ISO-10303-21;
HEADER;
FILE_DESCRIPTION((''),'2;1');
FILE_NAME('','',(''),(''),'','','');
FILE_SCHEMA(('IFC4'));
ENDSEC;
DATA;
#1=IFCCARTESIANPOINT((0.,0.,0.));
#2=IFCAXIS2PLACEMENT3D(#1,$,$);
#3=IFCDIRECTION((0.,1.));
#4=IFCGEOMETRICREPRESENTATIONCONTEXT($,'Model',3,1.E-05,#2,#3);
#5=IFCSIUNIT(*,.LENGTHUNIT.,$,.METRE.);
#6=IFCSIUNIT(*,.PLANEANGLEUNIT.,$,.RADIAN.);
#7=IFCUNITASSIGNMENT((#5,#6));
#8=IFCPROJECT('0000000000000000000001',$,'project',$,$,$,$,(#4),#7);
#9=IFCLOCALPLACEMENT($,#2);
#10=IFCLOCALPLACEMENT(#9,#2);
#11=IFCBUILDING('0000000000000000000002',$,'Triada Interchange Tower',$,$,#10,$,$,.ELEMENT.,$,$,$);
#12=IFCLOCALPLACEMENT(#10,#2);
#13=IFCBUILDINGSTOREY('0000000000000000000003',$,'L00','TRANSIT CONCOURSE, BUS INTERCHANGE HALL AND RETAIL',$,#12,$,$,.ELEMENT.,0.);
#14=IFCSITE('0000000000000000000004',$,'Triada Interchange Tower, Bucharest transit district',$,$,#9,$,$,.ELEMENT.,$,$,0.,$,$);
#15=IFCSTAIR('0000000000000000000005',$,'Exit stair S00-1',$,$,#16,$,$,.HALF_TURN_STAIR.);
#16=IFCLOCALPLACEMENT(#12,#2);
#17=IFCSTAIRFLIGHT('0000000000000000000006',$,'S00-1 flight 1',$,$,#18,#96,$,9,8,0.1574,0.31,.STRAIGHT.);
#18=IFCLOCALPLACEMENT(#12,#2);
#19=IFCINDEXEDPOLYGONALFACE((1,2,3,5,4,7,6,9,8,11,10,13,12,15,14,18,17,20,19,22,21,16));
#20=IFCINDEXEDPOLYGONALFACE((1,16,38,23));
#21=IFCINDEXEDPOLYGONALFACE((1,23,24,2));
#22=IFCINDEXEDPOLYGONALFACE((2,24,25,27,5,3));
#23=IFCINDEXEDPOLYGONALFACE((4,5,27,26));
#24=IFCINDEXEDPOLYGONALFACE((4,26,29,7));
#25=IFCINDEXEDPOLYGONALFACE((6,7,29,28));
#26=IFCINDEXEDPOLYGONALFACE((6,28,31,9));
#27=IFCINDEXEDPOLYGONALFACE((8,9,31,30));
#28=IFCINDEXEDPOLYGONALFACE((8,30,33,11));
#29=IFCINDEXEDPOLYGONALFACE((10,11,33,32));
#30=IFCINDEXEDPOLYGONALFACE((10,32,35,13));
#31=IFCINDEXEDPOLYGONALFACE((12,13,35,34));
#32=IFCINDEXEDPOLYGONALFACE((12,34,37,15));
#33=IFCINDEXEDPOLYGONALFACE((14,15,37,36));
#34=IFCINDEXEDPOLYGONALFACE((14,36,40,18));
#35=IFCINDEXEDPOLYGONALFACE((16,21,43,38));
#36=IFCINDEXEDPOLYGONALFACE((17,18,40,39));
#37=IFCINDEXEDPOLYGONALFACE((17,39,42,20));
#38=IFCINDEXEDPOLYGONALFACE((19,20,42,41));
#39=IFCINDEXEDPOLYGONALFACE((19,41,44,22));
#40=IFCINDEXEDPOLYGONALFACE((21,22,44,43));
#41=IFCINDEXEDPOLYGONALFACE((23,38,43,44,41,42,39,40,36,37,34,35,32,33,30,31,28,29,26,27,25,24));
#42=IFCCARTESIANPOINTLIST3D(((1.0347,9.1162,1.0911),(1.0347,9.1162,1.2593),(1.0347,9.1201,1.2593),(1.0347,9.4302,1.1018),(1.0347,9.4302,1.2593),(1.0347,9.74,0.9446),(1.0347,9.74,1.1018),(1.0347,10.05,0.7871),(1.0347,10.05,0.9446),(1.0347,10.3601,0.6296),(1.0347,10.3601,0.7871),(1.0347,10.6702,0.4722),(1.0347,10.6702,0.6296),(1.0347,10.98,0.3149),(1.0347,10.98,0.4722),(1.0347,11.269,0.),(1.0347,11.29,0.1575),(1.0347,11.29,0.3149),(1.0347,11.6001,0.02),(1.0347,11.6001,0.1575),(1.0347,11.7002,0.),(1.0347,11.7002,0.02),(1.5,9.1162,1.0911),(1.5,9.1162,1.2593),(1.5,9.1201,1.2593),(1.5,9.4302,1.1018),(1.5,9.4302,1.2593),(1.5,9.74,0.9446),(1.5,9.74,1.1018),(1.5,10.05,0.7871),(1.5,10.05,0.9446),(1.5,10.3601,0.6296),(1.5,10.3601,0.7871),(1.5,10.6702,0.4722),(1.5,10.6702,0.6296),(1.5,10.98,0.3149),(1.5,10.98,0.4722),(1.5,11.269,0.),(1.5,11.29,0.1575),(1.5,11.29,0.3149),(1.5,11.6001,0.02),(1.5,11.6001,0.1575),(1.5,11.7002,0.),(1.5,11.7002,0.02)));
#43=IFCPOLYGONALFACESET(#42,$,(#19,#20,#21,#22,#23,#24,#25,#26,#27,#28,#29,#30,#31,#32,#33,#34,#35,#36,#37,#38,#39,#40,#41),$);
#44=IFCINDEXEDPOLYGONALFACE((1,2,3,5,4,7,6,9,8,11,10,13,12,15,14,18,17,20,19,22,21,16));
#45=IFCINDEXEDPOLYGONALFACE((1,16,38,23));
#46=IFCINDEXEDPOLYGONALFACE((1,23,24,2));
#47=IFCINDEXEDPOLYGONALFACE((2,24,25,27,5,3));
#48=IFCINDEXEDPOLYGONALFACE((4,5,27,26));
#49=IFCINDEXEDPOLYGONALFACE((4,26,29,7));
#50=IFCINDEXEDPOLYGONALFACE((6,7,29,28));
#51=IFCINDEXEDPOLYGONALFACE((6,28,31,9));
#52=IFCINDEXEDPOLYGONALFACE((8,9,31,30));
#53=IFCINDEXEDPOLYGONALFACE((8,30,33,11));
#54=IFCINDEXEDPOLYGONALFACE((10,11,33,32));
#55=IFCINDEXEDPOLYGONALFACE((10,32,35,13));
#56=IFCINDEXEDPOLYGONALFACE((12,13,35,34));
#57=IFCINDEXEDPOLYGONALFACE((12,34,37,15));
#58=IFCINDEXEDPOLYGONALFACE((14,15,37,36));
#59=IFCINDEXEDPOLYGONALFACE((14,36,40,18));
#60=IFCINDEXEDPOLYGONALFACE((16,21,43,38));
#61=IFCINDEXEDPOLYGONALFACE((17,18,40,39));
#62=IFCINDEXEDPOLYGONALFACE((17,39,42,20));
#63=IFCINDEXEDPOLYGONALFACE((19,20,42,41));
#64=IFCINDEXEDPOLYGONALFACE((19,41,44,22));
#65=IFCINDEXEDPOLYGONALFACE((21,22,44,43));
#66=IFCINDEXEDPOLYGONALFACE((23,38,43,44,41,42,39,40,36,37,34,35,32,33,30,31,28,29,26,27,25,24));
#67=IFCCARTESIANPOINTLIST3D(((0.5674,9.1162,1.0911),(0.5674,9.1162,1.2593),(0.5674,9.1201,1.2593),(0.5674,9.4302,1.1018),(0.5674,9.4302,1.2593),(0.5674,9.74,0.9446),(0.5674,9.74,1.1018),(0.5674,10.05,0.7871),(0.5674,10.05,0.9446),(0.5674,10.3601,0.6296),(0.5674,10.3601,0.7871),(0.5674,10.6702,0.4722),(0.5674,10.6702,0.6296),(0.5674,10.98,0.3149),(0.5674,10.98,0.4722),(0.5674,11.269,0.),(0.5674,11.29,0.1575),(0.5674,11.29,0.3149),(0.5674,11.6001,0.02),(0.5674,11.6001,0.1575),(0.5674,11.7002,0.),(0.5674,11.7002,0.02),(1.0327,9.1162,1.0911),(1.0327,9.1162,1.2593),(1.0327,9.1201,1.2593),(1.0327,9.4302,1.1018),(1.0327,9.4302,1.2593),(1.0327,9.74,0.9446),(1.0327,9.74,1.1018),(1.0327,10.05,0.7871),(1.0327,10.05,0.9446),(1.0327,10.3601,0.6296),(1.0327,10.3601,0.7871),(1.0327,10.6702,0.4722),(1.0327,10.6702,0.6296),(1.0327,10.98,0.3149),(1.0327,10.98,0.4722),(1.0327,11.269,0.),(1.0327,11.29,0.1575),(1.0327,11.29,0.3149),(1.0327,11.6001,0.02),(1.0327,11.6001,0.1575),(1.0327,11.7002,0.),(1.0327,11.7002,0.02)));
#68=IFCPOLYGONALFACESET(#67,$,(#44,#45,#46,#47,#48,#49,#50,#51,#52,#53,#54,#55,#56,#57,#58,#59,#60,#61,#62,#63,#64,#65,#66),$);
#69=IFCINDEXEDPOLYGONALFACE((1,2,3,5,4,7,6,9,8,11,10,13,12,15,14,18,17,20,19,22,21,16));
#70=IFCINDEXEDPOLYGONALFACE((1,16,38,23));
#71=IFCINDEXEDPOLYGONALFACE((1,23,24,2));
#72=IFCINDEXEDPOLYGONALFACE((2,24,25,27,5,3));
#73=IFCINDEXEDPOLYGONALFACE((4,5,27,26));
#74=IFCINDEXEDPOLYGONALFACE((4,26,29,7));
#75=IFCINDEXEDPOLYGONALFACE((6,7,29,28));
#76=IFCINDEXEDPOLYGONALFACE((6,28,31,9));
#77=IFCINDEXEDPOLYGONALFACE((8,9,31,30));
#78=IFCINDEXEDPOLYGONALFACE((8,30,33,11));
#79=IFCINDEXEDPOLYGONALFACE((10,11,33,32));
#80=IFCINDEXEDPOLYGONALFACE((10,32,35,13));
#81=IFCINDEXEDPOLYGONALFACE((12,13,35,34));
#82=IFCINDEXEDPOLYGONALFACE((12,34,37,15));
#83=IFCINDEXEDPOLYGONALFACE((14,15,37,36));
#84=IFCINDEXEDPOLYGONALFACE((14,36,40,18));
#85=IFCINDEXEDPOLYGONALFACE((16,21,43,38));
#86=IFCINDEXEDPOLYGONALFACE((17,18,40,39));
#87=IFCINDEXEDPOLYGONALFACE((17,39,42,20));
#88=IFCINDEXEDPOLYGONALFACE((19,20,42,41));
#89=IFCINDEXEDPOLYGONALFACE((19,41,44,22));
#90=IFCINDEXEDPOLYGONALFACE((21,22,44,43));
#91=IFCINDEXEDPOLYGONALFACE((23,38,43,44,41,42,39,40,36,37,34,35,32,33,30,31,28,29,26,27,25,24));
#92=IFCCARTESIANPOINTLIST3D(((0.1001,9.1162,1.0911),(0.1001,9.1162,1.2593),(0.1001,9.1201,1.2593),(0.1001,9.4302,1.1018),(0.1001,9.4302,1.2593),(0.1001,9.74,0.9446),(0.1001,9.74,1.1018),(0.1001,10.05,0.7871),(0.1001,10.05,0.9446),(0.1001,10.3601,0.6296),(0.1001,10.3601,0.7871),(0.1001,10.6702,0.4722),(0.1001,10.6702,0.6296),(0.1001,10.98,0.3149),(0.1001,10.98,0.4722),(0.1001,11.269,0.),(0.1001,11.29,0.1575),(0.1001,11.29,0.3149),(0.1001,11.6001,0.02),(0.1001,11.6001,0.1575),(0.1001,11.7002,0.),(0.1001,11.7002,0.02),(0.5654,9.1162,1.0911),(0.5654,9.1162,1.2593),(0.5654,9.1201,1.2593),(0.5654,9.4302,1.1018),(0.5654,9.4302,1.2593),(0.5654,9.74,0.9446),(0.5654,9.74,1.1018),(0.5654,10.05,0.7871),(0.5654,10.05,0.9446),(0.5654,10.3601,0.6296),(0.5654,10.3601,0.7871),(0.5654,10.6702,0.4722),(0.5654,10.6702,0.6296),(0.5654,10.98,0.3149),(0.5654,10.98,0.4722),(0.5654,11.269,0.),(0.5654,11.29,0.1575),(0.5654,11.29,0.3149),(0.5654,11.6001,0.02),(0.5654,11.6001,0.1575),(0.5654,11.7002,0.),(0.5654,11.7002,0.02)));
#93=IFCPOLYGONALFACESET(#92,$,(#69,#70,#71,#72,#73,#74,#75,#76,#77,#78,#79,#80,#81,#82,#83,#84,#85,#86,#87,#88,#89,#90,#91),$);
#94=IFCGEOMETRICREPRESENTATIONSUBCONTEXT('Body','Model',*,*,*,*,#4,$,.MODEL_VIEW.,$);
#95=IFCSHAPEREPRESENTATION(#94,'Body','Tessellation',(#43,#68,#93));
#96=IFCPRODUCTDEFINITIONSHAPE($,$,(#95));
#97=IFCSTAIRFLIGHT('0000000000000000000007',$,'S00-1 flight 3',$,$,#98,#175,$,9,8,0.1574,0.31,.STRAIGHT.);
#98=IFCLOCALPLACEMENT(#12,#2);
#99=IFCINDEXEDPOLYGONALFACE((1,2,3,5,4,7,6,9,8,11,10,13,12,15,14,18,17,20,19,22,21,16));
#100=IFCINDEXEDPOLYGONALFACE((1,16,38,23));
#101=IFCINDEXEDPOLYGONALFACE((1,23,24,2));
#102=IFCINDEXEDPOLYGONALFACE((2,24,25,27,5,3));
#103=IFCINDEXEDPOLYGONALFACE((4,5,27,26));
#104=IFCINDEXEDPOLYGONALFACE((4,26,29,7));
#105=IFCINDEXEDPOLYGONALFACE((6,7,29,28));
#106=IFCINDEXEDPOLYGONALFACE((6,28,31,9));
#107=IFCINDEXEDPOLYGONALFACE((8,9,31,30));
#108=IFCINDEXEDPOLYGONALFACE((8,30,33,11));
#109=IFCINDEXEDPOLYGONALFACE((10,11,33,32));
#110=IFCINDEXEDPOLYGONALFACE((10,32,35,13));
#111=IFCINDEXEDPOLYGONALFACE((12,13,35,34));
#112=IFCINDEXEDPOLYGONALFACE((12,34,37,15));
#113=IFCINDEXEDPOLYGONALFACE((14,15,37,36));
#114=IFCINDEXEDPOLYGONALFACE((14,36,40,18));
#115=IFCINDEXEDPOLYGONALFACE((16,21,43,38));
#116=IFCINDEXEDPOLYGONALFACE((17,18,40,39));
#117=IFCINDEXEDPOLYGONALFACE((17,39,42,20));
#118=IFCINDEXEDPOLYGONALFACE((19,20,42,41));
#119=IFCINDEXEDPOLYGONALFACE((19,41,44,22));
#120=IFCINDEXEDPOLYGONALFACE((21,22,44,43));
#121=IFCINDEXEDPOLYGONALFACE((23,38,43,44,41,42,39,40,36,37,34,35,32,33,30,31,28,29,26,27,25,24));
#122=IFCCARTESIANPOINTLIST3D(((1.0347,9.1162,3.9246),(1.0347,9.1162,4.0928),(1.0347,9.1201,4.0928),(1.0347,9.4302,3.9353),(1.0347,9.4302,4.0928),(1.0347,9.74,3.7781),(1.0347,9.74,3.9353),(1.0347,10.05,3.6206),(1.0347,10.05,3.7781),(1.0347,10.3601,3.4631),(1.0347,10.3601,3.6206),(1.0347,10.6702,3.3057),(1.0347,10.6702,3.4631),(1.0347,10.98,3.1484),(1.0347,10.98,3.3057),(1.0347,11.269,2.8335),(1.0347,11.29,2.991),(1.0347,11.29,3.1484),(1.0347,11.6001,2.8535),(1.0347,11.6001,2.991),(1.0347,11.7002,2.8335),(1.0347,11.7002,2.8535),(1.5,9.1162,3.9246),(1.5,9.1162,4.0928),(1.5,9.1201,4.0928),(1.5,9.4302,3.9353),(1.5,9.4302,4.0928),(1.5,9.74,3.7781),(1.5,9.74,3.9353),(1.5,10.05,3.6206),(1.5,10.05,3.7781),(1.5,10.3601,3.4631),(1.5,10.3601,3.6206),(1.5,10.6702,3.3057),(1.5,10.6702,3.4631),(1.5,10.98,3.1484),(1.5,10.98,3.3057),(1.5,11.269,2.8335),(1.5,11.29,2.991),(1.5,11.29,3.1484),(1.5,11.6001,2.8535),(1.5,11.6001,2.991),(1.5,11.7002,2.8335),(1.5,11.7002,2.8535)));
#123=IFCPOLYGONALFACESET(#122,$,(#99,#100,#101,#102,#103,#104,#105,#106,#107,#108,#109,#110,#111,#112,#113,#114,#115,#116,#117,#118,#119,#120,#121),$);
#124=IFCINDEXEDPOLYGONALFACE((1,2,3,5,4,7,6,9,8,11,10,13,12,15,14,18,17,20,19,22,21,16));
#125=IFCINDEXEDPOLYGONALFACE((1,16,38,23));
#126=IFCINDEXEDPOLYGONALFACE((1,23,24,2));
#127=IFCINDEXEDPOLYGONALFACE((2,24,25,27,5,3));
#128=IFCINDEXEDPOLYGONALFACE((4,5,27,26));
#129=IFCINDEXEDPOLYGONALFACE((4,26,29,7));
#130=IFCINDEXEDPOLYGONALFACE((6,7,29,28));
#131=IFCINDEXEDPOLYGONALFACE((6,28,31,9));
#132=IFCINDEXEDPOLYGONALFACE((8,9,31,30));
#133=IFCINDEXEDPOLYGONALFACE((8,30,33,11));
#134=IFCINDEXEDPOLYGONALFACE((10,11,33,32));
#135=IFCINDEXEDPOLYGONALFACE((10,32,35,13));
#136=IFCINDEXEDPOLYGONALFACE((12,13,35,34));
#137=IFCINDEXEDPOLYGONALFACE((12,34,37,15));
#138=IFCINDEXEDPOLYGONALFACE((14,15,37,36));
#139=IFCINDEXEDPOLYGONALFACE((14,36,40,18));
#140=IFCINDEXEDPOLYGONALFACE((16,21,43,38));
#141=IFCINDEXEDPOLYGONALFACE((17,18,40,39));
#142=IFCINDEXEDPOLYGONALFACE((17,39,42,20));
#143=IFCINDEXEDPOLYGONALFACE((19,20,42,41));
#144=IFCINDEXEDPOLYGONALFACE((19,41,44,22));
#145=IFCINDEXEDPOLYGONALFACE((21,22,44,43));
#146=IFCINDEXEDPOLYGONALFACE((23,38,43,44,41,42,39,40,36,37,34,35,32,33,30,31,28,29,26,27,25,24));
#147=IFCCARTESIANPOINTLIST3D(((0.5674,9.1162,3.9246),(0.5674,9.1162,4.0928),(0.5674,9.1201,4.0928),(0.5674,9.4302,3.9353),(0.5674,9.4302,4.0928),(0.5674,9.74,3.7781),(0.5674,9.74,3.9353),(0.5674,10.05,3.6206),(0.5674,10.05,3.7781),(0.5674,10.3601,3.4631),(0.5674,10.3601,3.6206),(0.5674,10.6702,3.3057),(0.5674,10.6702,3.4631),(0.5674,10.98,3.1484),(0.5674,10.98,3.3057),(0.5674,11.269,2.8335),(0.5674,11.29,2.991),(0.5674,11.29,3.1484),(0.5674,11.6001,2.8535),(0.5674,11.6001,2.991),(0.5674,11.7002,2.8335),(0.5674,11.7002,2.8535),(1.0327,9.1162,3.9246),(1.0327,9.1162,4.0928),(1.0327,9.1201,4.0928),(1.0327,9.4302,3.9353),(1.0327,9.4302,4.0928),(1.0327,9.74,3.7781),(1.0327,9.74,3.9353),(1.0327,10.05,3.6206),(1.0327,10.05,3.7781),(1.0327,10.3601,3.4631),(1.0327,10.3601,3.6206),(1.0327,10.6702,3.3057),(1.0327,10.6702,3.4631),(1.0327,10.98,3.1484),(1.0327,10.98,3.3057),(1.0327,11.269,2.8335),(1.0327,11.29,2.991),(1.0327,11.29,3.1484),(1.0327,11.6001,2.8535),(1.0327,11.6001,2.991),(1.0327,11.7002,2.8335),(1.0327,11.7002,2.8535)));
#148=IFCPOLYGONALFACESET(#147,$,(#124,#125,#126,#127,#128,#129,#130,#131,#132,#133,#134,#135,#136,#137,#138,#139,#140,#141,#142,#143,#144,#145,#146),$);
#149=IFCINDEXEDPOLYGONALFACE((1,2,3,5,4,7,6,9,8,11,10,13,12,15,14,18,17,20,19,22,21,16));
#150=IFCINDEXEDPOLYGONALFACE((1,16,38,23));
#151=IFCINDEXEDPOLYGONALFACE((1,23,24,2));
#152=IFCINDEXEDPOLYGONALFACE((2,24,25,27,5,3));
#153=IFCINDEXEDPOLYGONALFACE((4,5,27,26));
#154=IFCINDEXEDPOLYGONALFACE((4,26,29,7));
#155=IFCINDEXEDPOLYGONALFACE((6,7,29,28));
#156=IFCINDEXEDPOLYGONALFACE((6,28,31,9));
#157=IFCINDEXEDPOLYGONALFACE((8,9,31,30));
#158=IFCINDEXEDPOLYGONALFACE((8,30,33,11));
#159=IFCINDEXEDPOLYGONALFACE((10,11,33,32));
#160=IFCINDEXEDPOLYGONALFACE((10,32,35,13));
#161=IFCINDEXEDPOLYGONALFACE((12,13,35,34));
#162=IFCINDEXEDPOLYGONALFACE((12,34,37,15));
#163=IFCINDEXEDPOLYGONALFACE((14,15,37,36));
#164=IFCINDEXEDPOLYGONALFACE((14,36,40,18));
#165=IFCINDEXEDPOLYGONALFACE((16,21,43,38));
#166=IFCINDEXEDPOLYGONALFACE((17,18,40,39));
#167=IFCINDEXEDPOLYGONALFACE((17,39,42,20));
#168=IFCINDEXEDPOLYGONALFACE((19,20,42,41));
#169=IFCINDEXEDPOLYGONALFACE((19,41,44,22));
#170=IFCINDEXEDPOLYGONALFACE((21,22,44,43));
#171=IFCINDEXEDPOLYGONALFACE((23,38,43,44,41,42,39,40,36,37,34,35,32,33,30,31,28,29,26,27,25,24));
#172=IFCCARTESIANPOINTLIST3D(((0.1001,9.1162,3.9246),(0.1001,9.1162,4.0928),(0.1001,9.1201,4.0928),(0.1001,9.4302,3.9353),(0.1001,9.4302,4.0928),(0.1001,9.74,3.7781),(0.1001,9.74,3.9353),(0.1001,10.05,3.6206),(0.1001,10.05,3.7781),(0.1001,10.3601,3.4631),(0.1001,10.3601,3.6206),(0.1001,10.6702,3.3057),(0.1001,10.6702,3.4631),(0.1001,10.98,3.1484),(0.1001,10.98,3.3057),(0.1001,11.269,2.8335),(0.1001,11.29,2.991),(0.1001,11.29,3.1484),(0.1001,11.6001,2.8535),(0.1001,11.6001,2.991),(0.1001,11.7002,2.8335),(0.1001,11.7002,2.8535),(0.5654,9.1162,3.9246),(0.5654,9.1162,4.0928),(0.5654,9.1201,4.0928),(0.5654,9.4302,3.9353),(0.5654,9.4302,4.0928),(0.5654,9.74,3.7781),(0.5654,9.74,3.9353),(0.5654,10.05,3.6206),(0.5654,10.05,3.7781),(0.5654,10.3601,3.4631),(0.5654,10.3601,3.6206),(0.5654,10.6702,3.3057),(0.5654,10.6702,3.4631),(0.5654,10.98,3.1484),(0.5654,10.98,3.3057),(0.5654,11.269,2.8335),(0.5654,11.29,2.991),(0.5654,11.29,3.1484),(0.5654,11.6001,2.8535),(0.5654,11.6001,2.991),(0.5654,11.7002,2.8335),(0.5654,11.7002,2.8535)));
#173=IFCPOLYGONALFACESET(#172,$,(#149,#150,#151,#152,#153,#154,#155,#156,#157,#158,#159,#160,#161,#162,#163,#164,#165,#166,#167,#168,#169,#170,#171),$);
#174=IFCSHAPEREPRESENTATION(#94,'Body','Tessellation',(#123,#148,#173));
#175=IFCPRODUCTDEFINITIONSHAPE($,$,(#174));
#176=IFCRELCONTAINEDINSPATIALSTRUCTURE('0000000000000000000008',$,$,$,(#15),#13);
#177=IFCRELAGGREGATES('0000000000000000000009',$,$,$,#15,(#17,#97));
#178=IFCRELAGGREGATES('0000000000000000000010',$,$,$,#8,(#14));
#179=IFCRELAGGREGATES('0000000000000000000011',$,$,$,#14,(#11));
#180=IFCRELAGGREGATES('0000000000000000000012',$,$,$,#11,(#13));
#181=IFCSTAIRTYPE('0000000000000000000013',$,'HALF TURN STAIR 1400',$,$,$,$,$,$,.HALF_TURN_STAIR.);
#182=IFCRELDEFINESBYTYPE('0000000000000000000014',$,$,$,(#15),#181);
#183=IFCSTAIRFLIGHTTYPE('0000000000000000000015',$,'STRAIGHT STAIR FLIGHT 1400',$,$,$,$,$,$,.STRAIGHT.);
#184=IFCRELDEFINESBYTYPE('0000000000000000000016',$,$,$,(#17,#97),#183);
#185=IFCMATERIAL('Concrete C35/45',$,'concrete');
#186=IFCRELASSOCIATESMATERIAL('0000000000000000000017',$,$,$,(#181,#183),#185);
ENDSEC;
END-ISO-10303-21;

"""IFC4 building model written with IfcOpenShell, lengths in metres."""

from ifc_helpers import new_model, si_unit, direction, frame, origin, place, context, subcontext, project, spatial, polyline, outline, extrude, material, type_object, element, aggregate, save


model = new_model("IFC4")

# Units and contexts
model_context = context("Model", 3, precision=1e-05, world=origin(), true_north=direction((0.0, 1.0)))
body_context = subcontext(model_context, "Body", "Model", "MODEL_VIEW")
ifc_project = project(units=[si_unit("LENGTHUNIT", "METRE"), si_unit("PLANEANGLEUNIT", "RADIAN")], contexts=[model_context])

# Site, building, storey
site_placement = place(None, origin())
site = spatial("IfcSite", under=ifc_project, at=site_placement, Name="Triada Interchange Tower, Bucharest transit district", CompositionType="ELEMENT", RefElevation=0.0)
building_placement = place(site_placement, origin())
building = spatial("IfcBuilding", under=site, at=building_placement, Name="Triada Interchange Tower", CompositionType="ELEMENT")
storey_placement = place(building_placement, origin())
storey = spatial("IfcBuildingStorey", under=building, at=storey_placement, Name="L00", Description="TRANSIT CONCOURSE, BUS INTERCHANGE HALL AND RETAIL", CompositionType="ELEMENT", Elevation=0.0)

# Shared definitions
ifc_material_1 = material(Name="Concrete C35/45", Category="concrete")
stair_type = type_object("IfcStairType", Name="HALF TURN STAIR 1400", PredefinedType="HALF_TURN_STAIR", material=ifc_material_1)

# Stair, stair flights
stair_1_placement = place(storey_placement, origin())
stair_1 = element("IfcStair", 1, at=stair_1_placement, inside=storey, type_object=stair_type, Name="Exit stair S00-1", PredefinedType="HALF_TURN_STAIR")
stair_flight_type = type_object("IfcStairFlightType", Name="STRAIGHT STAIR FLIGHT 1400", PredefinedType="STRAIGHT", material=ifc_material_1)
stair_flight_1_placement = place(storey_placement, frame((0.8, 11.6001, 0.0), z_axis=(0.0, 0.0, 1.0), x_axis=(0.0, -1.0, 0.0)))
stair_flight_1 = element("IfcStairFlight", 2, at=stair_flight_1_placement, type_object=stair_flight_type, Name="S00-1 flight 1", NumberOfRisers=9, NumberOfTreads=8, PredefinedType="STRAIGHT", RiserHeight=0.1574, TreadLength=0.31, context=body_context, shape_type="SweptSolid", body=[
    extrude(outline(polyline([(-0.1001, 0.0), (-0.1001, 0.02), (0.0, 0.02), (0.0, 0.1575), (0.3101, 0.1575), (0.3101, 0.3149), (0.6201, 0.3149), (0.6201, 0.4722), (0.9299, 0.4722), (0.9299, 0.6296), (1.24, 0.6296), (1.24, 0.7871), (1.55, 0.7871), (1.55, 0.9446), (1.8601, 0.9446), (1.8601, 1.1018), (2.1699, 1.1018), (2.1699, 1.2593), (2.48, 1.2593), (2.4839, 1.2593), (2.4839, 1.4167), (2.4839, 1.0911), (0.3311, 0.0), (-0.1001, 0.0)])), frame((0.0, 0.7, 0.0), z_axis=(0.0, -1.0, 0.0), x_axis=(1.0, 0.0, 0.0)), (0.0, 0.0, 1.0), 0.4653),
    extrude(outline(polyline([(-0.1001, 0.0), (-0.1001, 0.02), (0.0, 0.02), (0.0, 0.1575), (0.3101, 0.1575), (0.3101, 0.3149), (0.6201, 0.3149), (0.6201, 0.4722), (0.9299, 0.4722), (0.9299, 0.6296), (1.24, 0.6296), (1.24, 0.7871), (1.55, 0.7871), (1.55, 0.9446), (1.8601, 0.9446), (1.8601, 1.1018), (2.1699, 1.1018), (2.1699, 1.2593), (2.48, 1.2593), (2.4839, 1.2593), (2.4839, 1.4167), (2.4839, 1.0911), (0.3311, 0.0), (-0.1001, 0.0)])), frame((0.0, 0.2327, 0.0), z_axis=(0.0, -1.0, 0.0), x_axis=(1.0, 0.0, 0.0)), (0.0, 0.0, 1.0), 0.4653),
    extrude(outline(polyline([(-0.1001, 0.0), (-0.1001, 0.02), (0.0, 0.02), (0.0, 0.1575), (0.3101, 0.1575), (0.3101, 0.3149), (0.6201, 0.3149), (0.6201, 0.4722), (0.9299, 0.4722), (0.9299, 0.6296), (1.24, 0.6296), (1.24, 0.7871), (1.55, 0.7871), (1.55, 0.9446), (1.8601, 0.9446), (1.8601, 1.1018), (2.1699, 1.1018), (2.1699, 1.2593), (2.48, 1.2593), (2.4839, 1.2593), (2.4839, 1.4167), (2.4839, 1.0911), (0.3311, 0.0), (-0.1001, 0.0)])), frame((0.0, -0.2346, 0.0), z_axis=(0.0, -1.0, 0.0), x_axis=(1.0, 0.0, 0.0)), (0.0, 0.0, 1.0), 0.4653),
])
stair_flight_2_placement = place(storey_placement, frame((0.8, 11.6001, 2.8335), z_axis=(0.0, 0.0, 1.0), x_axis=(0.0, -1.0, 0.0)))
stair_flight_2 = element("IfcStairFlight", 3, at=stair_flight_2_placement, type_object=stair_flight_type, Name="S00-1 flight 3", NumberOfRisers=9, NumberOfTreads=8, PredefinedType="STRAIGHT", RiserHeight=0.1574, TreadLength=0.31, context=body_context, shape_type="SweptSolid", body=[
    extrude(outline(polyline([(-0.1001, 0.0), (-0.1001, 0.02), (0.0, 0.02), (0.0, 0.1575), (0.3101, 0.1575), (0.3101, 0.3149), (0.6201, 0.3149), (0.6201, 0.4722), (0.9299, 0.4722), (0.9299, 0.6296), (1.24, 0.6296), (1.24, 0.7871), (1.55, 0.7871), (1.55, 0.9446), (1.8601, 0.9446), (1.8601, 1.1018), (2.1699, 1.1018), (2.1699, 1.2593), (2.48, 1.2593), (2.4839, 1.2593), (2.4839, 1.4167), (2.4839, 1.0911), (0.3311, 0.0), (-0.1001, 0.0)])), frame((0.0, 0.7, 0.0), z_axis=(0.0, -1.0, 0.0), x_axis=(1.0, 0.0, 0.0)), (0.0, 0.0, 1.0), 0.4653),
    extrude(outline(polyline([(-0.1001, 0.0), (-0.1001, 0.02), (0.0, 0.02), (0.0, 0.1575), (0.3101, 0.1575), (0.3101, 0.3149), (0.6201, 0.3149), (0.6201, 0.4722), (0.9299, 0.4722), (0.9299, 0.6296), (1.24, 0.6296), (1.24, 0.7871), (1.55, 0.7871), (1.55, 0.9446), (1.8601, 0.9446), (1.8601, 1.1018), (2.1699, 1.1018), (2.1699, 1.2593), (2.48, 1.2593), (2.4839, 1.2593), (2.4839, 1.4167), (2.4839, 1.0911), (0.3311, 0.0), (-0.1001, 0.0)])), frame((0.0, 0.2327, 0.0), z_axis=(0.0, -1.0, 0.0), x_axis=(1.0, 0.0, 0.0)), (0.0, 0.0, 1.0), 0.4653),
    extrude(outline(polyline([(-0.1001, 0.0), (-0.1001, 0.02), (0.0, 0.02), (0.0, 0.1575), (0.3101, 0.1575), (0.3101, 0.3149), (0.6201, 0.3149), (0.6201, 0.4722), (0.9299, 0.4722), (0.9299, 0.6296), (1.24, 0.6296), (1.24, 0.7871), (1.55, 0.7871), (1.55, 0.9446), (1.8601, 0.9446), (1.8601, 1.1018), (2.1699, 1.1018), (2.1699, 1.2593), (2.48, 1.2593), (2.4839, 1.2593), (2.4839, 1.4167), (2.4839, 1.0911), (0.3311, 0.0), (-0.1001, 0.0)])), frame((0.0, -0.2346, 0.0), z_axis=(0.0, -1.0, 0.0), x_axis=(1.0, 0.0, 0.0)), (0.0, 0.0, 1.0), 0.4653),
])
aggregate(stair_1, [stair_flight_1, stair_flight_2])

save(model, "model.ifc")
